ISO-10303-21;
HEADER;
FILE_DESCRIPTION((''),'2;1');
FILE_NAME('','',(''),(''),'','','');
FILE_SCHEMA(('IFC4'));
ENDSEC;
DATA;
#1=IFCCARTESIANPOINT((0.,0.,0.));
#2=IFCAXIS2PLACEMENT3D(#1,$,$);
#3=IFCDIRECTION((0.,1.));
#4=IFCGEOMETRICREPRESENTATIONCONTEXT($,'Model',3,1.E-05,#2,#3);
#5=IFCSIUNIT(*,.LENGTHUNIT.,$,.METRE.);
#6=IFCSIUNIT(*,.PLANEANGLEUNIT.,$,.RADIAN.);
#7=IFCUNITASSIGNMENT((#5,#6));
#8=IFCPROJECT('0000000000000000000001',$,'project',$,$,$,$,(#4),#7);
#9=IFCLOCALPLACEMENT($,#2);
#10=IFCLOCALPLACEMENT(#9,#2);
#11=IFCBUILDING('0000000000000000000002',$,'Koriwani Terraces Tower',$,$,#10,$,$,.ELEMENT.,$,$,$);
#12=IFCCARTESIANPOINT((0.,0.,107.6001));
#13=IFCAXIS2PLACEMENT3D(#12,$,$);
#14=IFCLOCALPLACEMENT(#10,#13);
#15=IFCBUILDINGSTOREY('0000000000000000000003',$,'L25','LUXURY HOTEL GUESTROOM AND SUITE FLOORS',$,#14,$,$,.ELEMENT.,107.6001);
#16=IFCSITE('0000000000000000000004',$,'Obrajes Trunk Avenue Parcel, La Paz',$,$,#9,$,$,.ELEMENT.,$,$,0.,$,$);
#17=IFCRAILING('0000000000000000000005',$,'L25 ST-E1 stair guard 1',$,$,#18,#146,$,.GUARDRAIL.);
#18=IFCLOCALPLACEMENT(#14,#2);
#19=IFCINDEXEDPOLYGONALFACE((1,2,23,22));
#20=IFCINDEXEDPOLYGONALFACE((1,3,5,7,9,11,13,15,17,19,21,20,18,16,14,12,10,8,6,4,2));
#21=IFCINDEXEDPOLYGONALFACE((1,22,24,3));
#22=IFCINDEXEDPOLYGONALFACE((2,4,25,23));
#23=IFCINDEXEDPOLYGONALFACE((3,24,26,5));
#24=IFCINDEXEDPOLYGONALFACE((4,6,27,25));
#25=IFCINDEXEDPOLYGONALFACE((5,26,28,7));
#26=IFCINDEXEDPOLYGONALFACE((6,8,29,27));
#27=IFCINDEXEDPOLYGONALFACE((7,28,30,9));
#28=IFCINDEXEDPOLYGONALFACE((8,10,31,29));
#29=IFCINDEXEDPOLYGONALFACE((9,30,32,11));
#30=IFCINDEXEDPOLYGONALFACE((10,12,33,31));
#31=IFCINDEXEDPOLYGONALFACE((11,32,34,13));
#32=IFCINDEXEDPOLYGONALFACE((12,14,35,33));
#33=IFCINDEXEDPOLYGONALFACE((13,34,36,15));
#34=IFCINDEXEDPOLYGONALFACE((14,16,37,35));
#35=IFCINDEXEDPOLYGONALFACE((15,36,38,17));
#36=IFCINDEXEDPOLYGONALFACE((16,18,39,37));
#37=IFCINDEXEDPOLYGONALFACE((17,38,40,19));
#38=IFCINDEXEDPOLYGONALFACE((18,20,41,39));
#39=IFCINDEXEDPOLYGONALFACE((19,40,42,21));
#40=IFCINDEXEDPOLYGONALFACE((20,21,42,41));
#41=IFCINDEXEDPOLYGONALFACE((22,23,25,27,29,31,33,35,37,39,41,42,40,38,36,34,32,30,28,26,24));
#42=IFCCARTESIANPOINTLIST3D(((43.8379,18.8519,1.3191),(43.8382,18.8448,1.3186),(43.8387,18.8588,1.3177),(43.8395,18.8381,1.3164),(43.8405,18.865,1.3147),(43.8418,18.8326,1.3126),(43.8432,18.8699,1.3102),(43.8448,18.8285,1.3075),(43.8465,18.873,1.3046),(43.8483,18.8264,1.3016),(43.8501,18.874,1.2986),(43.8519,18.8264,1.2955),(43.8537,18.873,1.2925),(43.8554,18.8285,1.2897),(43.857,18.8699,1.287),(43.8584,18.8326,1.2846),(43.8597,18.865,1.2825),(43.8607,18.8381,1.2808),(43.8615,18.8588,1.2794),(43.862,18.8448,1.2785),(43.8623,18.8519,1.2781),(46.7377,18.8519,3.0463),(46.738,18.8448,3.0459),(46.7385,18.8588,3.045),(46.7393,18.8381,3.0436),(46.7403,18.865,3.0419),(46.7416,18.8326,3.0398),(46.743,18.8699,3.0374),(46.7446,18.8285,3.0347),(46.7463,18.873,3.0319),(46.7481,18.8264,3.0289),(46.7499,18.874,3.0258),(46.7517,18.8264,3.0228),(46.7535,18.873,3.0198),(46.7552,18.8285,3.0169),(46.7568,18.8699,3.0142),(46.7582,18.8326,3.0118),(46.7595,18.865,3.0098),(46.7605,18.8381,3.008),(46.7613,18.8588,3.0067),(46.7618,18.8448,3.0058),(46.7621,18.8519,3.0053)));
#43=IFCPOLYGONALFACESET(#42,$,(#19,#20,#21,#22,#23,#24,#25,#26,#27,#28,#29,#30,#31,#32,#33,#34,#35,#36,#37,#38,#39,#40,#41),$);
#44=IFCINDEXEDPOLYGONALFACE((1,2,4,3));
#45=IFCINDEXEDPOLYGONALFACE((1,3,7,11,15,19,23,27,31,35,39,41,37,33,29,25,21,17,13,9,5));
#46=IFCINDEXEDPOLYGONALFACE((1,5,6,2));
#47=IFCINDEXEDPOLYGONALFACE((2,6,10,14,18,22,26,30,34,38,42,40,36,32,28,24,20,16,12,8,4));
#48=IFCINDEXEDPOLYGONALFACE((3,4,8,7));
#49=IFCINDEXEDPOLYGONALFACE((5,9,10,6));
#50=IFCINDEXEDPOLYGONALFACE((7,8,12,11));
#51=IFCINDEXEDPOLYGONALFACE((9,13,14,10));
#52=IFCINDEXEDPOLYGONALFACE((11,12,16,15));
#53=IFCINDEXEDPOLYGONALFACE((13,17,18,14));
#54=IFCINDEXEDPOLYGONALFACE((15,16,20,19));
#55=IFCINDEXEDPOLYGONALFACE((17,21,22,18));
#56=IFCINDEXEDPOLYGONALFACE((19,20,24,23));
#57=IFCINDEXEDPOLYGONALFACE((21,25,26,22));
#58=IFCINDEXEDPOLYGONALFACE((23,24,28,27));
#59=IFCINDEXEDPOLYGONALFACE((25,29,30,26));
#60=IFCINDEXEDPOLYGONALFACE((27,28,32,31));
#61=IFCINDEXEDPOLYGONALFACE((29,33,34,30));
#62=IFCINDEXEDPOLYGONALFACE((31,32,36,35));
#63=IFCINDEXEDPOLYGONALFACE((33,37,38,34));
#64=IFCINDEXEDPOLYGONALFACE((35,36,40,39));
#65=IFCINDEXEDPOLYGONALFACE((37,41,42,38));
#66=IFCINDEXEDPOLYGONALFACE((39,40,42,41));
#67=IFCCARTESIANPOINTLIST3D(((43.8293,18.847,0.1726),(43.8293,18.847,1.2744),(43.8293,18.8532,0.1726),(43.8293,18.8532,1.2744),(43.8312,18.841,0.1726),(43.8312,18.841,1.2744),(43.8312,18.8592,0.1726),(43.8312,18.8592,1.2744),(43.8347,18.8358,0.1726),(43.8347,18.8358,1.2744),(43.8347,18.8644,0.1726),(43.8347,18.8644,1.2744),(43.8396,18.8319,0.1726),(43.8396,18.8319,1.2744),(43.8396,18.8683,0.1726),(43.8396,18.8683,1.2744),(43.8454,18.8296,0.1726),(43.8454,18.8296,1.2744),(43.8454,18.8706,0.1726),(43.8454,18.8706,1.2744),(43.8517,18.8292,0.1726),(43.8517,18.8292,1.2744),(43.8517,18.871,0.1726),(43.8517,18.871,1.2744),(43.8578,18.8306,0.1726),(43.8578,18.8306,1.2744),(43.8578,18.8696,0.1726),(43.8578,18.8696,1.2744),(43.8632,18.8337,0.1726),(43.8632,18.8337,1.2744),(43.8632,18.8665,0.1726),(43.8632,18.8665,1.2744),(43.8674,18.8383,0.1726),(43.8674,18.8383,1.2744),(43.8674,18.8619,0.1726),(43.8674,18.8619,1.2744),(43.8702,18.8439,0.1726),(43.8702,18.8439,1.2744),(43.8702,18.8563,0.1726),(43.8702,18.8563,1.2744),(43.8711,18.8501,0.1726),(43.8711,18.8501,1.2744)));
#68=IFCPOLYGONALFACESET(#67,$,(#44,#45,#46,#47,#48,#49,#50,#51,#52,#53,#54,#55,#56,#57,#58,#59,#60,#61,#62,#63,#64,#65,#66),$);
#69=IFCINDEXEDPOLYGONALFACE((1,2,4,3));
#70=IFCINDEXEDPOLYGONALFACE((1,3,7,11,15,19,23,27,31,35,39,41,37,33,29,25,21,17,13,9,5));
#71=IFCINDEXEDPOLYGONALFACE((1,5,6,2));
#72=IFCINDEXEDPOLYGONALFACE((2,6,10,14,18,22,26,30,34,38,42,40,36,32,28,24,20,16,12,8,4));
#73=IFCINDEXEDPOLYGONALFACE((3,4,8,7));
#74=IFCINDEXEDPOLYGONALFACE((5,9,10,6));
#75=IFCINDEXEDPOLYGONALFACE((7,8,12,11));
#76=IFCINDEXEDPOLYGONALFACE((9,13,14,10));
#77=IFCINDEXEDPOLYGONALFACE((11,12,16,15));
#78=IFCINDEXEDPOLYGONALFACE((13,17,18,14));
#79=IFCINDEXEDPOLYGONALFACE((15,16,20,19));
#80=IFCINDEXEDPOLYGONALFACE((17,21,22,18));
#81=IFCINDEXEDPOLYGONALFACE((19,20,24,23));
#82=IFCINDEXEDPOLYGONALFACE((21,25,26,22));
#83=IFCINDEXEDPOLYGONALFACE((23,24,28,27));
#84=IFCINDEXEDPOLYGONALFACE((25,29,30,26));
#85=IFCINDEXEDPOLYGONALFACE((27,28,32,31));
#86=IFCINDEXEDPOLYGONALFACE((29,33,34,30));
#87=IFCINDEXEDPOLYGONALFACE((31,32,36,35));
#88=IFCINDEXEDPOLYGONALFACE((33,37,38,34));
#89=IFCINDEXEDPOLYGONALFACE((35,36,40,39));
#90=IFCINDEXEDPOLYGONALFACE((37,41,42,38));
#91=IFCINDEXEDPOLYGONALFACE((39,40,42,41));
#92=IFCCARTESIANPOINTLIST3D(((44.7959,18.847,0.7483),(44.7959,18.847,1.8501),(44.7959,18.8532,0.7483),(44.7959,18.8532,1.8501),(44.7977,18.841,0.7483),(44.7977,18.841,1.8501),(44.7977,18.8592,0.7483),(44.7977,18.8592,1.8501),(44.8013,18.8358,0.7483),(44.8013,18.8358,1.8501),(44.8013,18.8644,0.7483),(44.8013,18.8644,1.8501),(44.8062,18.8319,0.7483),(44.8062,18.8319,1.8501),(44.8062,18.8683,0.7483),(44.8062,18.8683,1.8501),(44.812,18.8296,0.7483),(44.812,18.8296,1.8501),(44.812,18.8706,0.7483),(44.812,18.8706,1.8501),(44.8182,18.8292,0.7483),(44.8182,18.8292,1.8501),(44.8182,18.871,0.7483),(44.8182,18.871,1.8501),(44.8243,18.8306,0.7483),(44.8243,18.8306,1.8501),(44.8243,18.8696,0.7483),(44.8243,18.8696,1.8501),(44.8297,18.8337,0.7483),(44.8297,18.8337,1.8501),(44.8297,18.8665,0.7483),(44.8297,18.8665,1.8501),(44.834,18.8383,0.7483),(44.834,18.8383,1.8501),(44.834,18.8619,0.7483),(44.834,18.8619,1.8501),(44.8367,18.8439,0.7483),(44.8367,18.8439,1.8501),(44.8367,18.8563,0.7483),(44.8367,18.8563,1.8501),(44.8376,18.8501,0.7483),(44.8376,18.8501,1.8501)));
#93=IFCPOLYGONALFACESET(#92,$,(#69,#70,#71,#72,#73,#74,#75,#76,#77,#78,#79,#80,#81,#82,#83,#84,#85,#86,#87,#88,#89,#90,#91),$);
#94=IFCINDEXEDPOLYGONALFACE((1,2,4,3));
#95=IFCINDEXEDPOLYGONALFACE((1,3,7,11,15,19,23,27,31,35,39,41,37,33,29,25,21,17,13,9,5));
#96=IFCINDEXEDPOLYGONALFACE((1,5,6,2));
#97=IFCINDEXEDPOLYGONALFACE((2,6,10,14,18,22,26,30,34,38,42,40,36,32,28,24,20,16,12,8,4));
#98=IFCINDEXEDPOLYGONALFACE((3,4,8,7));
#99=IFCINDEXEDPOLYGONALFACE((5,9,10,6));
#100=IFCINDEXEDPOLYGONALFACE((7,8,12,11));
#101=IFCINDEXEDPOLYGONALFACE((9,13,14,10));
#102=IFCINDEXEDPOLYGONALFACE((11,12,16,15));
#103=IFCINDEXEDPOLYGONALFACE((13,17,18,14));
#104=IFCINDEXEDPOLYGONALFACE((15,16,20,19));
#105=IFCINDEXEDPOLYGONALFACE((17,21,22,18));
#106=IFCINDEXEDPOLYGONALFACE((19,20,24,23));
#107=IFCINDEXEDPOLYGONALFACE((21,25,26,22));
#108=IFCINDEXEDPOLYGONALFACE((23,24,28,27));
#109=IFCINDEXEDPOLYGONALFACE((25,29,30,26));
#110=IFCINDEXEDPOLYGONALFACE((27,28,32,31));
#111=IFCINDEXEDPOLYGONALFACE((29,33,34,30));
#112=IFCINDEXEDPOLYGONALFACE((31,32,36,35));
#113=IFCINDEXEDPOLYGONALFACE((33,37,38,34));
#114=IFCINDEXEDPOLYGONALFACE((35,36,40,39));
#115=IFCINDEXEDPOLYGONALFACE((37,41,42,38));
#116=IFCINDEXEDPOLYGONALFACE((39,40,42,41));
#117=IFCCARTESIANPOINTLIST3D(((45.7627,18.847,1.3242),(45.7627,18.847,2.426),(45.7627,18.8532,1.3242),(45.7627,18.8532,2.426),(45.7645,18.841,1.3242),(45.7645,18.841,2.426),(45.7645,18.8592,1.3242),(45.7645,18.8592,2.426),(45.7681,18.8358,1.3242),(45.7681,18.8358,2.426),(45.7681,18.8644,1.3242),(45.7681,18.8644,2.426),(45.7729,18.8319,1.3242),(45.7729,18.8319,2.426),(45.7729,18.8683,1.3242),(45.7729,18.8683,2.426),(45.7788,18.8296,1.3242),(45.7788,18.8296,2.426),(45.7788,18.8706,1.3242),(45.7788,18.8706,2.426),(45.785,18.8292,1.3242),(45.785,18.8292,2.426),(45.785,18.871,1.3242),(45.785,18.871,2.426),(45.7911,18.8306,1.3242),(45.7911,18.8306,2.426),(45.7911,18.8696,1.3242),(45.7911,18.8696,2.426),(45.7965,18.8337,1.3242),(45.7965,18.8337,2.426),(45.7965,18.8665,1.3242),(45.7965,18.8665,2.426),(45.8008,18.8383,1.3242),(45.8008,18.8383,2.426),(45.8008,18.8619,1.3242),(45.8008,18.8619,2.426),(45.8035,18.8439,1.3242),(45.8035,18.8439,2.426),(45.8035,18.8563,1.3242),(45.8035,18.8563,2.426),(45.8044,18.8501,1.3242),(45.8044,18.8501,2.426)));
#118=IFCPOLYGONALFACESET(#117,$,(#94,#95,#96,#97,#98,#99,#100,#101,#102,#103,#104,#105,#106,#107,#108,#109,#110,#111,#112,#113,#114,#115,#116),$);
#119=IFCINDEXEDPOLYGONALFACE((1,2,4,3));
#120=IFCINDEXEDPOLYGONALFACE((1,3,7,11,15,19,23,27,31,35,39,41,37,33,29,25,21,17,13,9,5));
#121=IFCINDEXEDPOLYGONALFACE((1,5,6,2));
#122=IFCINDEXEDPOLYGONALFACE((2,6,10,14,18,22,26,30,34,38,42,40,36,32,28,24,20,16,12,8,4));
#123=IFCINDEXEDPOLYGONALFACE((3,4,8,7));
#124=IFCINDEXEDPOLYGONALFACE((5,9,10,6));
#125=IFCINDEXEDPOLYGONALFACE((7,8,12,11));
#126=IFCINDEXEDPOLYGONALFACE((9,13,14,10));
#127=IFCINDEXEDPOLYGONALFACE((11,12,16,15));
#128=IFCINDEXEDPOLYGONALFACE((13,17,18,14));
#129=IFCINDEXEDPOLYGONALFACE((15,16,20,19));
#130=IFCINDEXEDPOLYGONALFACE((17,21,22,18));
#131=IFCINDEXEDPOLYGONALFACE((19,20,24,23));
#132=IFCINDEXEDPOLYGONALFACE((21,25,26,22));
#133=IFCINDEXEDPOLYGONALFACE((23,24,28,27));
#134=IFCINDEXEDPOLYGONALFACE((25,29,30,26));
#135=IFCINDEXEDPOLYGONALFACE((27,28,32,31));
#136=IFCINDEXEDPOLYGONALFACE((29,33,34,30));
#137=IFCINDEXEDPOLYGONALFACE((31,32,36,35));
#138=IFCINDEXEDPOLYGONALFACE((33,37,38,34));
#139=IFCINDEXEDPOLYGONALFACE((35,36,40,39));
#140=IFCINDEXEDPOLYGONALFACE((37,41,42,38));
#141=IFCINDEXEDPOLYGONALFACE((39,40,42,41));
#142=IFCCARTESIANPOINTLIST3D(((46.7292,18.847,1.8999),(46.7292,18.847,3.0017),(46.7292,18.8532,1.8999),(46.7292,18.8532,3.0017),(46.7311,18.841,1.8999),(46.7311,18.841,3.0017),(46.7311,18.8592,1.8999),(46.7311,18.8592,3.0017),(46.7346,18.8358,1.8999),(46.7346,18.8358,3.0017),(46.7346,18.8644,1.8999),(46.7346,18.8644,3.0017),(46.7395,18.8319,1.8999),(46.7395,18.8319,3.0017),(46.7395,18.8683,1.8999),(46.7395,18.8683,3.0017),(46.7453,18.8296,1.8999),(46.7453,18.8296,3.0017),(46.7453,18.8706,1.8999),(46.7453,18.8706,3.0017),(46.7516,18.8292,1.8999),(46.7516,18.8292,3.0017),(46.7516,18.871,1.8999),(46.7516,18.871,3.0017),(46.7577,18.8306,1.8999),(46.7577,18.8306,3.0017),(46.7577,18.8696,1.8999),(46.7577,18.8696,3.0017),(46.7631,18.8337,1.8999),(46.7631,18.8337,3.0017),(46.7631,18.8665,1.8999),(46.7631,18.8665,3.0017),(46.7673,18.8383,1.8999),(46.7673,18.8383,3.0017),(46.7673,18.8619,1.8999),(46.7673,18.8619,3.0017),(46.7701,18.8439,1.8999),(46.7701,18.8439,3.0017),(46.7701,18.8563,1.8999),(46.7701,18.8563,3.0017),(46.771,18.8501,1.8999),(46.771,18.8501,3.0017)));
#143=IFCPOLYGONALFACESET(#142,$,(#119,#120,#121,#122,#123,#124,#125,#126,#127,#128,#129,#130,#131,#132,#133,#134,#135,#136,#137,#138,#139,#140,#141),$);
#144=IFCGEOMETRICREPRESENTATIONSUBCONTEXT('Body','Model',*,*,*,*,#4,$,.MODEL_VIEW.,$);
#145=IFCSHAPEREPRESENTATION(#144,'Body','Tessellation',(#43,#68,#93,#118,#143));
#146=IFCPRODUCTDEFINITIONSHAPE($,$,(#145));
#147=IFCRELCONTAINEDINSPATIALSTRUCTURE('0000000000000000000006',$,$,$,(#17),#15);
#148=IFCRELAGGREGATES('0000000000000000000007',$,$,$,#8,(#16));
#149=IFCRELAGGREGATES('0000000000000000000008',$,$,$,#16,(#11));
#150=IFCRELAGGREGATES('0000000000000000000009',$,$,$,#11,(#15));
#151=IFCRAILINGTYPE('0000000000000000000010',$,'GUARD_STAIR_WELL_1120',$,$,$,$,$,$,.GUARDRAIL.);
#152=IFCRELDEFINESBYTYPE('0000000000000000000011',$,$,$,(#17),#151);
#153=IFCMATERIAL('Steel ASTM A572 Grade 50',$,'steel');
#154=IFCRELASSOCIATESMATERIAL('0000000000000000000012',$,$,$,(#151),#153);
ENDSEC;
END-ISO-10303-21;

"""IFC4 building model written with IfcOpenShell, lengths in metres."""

from ifc_helpers import new_model, si_unit, direction, frame, origin, origin_2d, place, context, subcontext, project, spatial, circle, extrude, material, type_object, element, save


model = new_model("IFC4")

# Units and contexts
model_context = context("Model", 3, precision=1e-05, world=origin(), true_north=direction((0.0, 1.0)))
body_context = subcontext(model_context, "Body", "Model", "MODEL_VIEW")
ifc_project = project(units=[si_unit("LENGTHUNIT", "METRE"), si_unit("PLANEANGLEUNIT", "RADIAN")], contexts=[model_context])

# Site, building, storey
site_placement = place(None, origin())
site = spatial("IfcSite", under=ifc_project, at=site_placement, Name="Obrajes Trunk Avenue Parcel, La Paz", CompositionType="ELEMENT", RefElevation=0.0)
building_placement = place(site_placement, origin())
building = spatial("IfcBuilding", under=site, at=building_placement, Name="Koriwani Terraces Tower", CompositionType="ELEMENT")
storey_placement = place(building_placement, frame((0.0, 0.0, 107.6001)))
storey = spatial("IfcBuildingStorey", under=building, at=storey_placement, Name="L25", Description="LUXURY HOTEL GUESTROOM AND SUITE FLOORS", CompositionType="ELEMENT", Elevation=107.6001)

# Shared definitions
ifc_material_1 = material(Name="Steel ASTM A572 Grade 50", Category="steel")

# Railing
railing_type_1 = type_object("IfcRailingType", Name="GUARD_STAIR_WELL_1120", PredefinedType="GUARDRAIL", material=ifc_material_1)
railing_1_placement = place(storey_placement, frame((43.8501, 18.8501, 0.1726)))
element("IfcRailing", 1, at=railing_1_placement, inside=storey, type_object=railing_type_1, Name="L25 ST-E1 stair guard 1", PredefinedType="GUARDRAIL", context=body_context, shape_type="SweptSolid", body=[
    extrude(circle(Radius=0.0239, at=origin_2d()), frame((0.0, 0.0, 1.126), z_axis=(0.859141, 0.0, 0.511738), x_axis=(0.0, 1.0, 0.0)), (0.0, 0.0, 1.0), 3.3752),
    extrude(circle(Radius=0.021, at=origin_2d()), origin(), (0.0, 0.0, 1.0), 1.1018),
    extrude(circle(Radius=0.021, at=origin_2d()), frame((0.9666, 0.0, 0.5757)), (0.0, 0.0, 1.0), 1.1018),
    extrude(circle(Radius=0.021, at=origin_2d()), frame((1.9333, 0.0, 1.1516)), (0.0, 0.0, 1.0), 1.1018),
    extrude(circle(Radius=0.021, at=origin_2d()), frame((2.8999, 0.0, 1.7273)), (0.0, 0.0, 1.0), 1.1018),
])

save(model, "model.ifc")
